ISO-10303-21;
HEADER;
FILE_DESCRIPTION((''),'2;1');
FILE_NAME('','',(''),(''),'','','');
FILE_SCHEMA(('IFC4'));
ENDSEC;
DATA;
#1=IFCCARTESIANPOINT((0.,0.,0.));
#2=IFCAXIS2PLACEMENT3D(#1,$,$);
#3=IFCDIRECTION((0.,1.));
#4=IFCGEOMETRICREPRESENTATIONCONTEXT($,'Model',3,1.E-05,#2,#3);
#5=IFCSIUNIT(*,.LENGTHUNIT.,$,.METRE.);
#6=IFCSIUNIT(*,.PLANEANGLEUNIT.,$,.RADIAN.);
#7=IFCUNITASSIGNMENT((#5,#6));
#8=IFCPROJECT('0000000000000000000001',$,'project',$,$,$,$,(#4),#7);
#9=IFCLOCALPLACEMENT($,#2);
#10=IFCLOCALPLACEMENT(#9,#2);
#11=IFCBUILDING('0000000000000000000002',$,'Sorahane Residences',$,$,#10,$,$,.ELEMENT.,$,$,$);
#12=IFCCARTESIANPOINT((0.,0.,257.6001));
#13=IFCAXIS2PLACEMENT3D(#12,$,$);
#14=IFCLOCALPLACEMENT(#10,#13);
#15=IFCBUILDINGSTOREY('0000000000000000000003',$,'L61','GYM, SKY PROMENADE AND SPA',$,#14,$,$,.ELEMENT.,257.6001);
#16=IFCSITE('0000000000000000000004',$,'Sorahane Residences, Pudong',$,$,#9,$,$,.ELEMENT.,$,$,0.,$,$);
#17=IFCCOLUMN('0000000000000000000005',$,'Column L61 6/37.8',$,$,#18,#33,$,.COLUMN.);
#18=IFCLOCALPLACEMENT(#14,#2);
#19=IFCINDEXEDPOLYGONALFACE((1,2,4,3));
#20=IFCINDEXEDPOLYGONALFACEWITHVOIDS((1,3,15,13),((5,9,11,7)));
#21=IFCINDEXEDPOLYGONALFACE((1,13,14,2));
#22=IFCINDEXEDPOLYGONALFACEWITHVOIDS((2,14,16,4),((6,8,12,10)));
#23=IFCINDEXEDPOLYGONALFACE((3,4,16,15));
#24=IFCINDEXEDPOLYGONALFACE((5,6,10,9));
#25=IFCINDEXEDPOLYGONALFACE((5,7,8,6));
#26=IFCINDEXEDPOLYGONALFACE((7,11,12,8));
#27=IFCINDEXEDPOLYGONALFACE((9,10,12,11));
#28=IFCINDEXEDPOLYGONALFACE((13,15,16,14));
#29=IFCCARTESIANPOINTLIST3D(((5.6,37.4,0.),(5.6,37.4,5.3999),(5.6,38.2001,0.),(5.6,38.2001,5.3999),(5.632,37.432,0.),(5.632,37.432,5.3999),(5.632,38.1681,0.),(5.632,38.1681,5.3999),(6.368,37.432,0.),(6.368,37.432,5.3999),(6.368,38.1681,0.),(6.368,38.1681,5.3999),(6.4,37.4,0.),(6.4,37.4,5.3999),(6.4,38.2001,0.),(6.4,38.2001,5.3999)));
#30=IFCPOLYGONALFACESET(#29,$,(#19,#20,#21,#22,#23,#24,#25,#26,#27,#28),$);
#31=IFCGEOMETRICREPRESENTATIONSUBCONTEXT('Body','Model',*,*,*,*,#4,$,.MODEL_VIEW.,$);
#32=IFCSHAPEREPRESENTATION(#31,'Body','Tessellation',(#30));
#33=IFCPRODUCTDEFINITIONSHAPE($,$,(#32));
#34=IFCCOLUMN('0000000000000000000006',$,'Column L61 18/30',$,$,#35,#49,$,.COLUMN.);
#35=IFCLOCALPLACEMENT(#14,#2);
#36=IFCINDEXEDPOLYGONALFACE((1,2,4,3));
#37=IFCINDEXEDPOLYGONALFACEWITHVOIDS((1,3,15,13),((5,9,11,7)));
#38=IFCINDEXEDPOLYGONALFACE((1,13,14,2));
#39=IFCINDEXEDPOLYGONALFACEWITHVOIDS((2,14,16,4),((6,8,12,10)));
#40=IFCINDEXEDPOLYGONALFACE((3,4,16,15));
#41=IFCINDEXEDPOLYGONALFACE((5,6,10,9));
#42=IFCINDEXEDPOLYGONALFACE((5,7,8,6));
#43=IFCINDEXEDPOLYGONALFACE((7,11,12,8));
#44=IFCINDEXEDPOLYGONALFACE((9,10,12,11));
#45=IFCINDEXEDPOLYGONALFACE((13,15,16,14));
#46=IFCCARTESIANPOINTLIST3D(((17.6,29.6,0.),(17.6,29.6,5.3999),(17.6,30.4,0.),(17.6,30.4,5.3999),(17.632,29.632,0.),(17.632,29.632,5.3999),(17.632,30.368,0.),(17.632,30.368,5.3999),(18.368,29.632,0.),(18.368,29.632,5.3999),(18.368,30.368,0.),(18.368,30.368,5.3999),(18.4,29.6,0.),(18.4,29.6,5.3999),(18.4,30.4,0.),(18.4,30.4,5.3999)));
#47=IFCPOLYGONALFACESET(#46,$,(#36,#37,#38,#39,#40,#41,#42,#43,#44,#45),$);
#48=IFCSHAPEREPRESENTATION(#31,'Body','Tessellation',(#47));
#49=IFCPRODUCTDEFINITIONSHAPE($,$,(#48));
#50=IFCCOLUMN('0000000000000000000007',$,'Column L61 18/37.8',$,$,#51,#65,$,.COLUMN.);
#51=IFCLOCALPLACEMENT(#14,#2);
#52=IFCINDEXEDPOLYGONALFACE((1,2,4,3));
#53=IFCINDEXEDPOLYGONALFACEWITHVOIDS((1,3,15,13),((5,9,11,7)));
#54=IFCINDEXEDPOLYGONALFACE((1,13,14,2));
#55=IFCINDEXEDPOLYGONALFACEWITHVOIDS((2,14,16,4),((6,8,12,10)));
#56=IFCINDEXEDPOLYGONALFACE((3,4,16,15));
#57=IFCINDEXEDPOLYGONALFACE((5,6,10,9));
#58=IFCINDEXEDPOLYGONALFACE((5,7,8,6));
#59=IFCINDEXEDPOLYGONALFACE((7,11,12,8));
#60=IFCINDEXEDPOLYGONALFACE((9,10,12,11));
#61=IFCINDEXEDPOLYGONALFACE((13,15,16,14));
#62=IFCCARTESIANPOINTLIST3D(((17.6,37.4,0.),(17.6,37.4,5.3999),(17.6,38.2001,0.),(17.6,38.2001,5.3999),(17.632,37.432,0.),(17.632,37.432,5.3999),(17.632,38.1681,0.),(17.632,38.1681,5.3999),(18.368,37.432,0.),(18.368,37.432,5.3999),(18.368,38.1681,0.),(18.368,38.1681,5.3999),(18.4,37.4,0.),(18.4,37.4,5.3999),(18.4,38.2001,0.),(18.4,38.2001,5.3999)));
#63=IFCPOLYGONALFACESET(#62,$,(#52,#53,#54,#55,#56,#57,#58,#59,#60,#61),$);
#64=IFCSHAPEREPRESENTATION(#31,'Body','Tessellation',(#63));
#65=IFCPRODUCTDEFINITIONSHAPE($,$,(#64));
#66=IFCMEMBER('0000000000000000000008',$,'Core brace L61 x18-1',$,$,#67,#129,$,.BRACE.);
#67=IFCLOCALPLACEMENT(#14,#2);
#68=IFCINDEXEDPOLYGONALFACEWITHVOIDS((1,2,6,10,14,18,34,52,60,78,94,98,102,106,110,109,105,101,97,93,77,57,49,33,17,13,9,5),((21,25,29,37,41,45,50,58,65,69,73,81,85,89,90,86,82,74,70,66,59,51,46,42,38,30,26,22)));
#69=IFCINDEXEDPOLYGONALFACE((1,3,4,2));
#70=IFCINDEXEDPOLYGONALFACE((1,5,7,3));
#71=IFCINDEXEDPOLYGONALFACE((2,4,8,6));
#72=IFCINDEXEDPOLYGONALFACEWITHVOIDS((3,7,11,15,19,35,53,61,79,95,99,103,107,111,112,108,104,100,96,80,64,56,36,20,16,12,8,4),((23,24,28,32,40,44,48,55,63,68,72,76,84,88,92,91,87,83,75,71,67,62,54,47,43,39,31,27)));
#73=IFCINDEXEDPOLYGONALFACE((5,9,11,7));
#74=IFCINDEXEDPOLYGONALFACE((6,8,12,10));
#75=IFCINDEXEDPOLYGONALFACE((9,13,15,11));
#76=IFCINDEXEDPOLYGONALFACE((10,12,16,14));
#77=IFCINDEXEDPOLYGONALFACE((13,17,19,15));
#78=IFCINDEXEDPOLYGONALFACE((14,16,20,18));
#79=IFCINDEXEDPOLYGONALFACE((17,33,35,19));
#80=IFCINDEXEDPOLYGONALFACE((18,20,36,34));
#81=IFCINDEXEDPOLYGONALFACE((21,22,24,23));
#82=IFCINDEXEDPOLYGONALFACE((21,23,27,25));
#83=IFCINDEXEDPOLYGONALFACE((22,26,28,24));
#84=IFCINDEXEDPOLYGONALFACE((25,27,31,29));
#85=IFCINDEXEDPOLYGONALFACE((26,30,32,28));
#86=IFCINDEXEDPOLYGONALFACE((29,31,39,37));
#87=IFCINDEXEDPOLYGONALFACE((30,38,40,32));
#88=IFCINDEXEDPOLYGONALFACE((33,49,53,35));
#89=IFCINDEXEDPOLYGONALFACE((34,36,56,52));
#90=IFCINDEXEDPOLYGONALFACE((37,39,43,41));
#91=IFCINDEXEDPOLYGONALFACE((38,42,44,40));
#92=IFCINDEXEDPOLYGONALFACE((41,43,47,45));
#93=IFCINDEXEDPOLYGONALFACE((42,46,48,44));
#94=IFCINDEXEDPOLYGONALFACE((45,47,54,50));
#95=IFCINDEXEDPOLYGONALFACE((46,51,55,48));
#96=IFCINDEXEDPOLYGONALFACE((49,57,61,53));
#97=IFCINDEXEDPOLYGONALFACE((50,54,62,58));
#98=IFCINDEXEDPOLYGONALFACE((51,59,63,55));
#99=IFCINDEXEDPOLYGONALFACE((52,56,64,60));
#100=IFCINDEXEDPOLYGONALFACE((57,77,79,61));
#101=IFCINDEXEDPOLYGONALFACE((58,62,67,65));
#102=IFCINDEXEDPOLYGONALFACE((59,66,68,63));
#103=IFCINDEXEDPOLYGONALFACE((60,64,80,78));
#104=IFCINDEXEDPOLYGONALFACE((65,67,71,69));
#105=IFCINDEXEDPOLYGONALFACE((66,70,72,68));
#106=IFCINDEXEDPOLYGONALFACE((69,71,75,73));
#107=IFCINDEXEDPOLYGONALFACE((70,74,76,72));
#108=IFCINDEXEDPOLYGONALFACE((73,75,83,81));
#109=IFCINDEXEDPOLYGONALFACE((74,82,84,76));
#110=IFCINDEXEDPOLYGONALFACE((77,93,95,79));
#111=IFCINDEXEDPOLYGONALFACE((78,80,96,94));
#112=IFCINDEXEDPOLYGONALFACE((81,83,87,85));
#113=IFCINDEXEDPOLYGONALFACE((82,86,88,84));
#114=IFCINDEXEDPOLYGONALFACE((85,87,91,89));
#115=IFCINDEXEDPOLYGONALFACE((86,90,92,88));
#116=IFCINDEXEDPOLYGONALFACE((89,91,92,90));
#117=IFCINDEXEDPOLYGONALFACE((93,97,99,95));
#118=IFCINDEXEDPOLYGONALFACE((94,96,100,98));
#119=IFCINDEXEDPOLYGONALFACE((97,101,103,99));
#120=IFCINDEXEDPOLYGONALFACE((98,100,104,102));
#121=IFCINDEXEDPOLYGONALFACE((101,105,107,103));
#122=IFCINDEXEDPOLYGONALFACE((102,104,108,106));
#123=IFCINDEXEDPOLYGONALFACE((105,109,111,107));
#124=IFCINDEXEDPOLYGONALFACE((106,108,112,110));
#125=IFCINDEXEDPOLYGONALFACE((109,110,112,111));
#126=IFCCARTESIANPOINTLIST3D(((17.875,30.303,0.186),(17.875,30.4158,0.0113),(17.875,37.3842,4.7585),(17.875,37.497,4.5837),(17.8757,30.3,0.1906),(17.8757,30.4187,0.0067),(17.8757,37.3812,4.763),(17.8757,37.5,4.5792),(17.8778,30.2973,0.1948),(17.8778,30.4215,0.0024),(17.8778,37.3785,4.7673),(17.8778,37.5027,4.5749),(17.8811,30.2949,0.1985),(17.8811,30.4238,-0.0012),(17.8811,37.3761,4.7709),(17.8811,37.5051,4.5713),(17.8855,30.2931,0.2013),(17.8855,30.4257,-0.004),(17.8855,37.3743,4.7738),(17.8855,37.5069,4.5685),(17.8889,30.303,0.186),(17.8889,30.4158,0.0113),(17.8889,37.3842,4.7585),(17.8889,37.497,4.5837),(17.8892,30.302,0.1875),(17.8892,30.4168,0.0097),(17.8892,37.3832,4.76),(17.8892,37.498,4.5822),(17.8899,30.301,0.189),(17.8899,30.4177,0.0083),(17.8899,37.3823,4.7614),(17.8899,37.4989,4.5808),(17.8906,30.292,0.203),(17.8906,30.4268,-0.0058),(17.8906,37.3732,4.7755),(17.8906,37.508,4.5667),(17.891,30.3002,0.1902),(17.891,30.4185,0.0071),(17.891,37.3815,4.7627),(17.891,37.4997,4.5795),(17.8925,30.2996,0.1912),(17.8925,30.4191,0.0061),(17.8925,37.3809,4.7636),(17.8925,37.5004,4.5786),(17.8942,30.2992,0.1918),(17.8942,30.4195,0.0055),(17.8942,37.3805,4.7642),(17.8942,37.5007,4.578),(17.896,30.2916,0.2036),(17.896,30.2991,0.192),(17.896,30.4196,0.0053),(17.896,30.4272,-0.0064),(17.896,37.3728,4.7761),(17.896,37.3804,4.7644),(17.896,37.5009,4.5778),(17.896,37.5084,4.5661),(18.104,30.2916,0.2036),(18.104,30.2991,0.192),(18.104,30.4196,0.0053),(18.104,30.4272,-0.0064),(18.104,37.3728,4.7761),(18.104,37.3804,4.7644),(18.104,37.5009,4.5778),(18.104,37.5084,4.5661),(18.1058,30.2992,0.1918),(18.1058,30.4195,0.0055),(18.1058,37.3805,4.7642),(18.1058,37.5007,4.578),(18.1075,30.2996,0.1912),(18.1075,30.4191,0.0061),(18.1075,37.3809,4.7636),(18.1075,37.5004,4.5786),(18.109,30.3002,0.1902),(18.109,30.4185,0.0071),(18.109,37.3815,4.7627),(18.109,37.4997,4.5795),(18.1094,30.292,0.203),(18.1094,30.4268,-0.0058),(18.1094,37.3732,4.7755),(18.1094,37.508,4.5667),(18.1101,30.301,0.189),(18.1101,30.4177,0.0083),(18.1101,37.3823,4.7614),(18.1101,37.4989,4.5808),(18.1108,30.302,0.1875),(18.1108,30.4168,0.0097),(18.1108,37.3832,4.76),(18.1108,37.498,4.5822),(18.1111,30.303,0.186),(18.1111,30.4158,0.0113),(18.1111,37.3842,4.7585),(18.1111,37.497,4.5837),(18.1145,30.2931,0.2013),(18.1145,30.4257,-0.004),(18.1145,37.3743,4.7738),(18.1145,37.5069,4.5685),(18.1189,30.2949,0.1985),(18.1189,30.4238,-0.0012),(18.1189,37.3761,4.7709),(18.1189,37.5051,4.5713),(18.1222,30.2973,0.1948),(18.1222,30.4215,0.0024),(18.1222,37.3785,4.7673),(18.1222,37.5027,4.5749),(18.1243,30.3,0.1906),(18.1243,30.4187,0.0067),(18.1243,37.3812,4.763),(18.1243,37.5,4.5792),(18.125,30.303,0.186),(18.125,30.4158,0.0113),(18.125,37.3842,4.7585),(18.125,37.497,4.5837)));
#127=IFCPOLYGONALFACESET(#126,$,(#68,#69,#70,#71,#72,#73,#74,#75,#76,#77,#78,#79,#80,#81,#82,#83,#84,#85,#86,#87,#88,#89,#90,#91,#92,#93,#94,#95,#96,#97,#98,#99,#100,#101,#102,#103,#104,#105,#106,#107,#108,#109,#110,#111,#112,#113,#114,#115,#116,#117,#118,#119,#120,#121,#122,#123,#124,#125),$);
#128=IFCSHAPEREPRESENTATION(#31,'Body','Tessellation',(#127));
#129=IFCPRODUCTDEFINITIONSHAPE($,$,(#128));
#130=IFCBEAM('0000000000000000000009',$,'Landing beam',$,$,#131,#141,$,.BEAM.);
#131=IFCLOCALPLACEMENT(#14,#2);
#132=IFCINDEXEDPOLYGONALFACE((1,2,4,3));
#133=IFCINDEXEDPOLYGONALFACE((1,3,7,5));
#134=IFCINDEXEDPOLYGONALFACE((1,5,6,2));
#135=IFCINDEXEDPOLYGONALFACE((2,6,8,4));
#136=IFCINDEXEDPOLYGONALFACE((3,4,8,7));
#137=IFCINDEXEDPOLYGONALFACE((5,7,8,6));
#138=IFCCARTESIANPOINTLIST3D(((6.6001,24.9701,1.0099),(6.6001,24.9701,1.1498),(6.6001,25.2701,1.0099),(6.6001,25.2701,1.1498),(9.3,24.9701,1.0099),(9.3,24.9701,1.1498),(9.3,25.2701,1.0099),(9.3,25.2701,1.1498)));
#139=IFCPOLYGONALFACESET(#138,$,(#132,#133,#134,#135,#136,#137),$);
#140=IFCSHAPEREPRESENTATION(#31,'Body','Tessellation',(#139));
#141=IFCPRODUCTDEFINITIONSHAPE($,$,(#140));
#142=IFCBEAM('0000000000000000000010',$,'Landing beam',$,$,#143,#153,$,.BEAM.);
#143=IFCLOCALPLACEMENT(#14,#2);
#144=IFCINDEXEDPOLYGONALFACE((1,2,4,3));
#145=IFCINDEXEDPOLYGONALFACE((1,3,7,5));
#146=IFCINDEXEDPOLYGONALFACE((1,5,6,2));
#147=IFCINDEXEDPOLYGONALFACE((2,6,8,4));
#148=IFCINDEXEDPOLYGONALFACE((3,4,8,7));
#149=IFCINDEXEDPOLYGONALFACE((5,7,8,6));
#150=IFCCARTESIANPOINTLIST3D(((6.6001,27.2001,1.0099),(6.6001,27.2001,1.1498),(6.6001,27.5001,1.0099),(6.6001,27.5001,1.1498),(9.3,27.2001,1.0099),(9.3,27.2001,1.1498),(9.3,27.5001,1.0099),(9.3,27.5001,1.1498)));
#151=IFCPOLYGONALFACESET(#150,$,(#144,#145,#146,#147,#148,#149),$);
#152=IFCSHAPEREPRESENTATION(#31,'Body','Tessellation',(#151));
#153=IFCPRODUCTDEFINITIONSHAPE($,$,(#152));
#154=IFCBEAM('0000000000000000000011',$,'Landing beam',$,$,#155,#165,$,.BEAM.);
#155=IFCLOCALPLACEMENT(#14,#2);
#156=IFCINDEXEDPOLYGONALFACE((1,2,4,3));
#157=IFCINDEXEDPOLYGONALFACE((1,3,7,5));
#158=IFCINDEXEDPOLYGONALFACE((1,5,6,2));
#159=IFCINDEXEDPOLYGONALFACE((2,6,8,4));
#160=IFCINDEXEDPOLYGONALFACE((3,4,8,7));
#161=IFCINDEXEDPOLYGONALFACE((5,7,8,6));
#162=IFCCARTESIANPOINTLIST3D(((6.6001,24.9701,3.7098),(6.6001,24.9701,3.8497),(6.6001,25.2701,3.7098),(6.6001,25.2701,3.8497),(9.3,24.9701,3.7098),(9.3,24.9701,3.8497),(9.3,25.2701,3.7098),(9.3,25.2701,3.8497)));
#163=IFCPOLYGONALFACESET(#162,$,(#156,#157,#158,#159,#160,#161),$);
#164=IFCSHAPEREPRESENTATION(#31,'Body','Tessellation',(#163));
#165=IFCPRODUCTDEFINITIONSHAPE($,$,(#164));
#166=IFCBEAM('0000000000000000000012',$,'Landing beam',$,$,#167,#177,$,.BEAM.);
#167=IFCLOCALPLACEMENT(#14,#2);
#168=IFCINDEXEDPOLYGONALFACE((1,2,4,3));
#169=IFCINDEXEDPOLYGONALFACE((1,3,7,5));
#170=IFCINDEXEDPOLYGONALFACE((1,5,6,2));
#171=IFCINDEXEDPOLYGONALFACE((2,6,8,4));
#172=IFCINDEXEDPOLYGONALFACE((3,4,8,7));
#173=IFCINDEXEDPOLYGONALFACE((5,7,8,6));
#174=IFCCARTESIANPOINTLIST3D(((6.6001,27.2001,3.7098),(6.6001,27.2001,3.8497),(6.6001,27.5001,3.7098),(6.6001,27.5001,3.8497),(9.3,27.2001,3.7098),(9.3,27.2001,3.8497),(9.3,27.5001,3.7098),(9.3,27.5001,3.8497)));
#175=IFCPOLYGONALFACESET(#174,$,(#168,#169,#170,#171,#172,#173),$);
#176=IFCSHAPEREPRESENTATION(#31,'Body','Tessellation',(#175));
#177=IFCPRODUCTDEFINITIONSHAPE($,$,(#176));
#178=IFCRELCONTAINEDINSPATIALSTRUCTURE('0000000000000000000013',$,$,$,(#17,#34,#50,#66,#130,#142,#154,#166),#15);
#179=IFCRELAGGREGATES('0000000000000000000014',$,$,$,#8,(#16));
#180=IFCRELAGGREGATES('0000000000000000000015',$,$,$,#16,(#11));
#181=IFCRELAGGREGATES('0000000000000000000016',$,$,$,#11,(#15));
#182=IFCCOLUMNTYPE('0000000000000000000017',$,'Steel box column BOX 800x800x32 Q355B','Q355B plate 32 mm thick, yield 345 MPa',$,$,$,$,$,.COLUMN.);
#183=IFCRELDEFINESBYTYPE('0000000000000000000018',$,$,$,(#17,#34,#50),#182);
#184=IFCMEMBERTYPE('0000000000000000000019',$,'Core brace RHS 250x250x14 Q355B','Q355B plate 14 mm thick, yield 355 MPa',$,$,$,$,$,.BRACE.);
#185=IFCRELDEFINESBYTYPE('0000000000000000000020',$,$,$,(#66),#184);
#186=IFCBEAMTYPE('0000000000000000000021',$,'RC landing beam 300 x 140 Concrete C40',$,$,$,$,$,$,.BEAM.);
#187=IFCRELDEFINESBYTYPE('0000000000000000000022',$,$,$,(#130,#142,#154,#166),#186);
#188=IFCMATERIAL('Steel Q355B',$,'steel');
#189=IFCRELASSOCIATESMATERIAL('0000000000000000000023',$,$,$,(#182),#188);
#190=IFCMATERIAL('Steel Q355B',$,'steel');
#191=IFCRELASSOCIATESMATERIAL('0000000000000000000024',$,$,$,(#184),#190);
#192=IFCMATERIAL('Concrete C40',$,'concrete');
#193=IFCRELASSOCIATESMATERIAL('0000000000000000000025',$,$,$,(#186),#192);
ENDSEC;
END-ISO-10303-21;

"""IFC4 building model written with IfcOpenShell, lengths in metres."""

from ifc_helpers import new_model, si_unit, direction, frame, origin, origin_2d, place, context, subcontext, project, spatial, rectangle, hollow_rectangle, extrude, material, material_profile, profile_set, type_object, element, save


model = new_model("IFC4")

# Units and contexts
model_context = context("Model", 3, precision=1e-05, world=origin(), true_north=direction((0.0, 1.0)))
body_context = subcontext(model_context, "Body", "Model", "MODEL_VIEW")
ifc_project = project(units=[si_unit("LENGTHUNIT", "METRE"), si_unit("PLANEANGLEUNIT", "RADIAN")], contexts=[model_context])

# Site, building, storey
site_placement = place(None, origin())
site = spatial("IfcSite", under=ifc_project, at=site_placement, Name="Sorahane Residences, Pudong", CompositionType="ELEMENT", RefElevation=0.0)
building_placement = place(site_placement, origin())
building = spatial("IfcBuilding", under=site, at=building_placement, Name="Sorahane Residences", CompositionType="ELEMENT")
storey_placement = place(building_placement, frame((0.0, 0.0, 257.6001)))
storey = spatial("IfcBuildingStorey", under=building, at=storey_placement, Name="L61", Description="GYM, SKY PROMENADE AND SPA", CompositionType="ELEMENT", Elevation=257.6001)

# Columns
ifc_material_1 = material(Name="Steel Q355B", Category="steel")
ifc_material_profile_1 = material_profile(ifc_material_1, hollow_rectangle(XDim=0.8, YDim=0.8, WallThickness=0.032, at=origin_2d()), Name="BOX 800x800x32")
ifc_profile_set_1 = profile_set([ifc_material_profile_1], Name="Steel Q355B")
column_type = type_object("IfcColumnType", Name="Steel box column BOX 800x800x32 Q355B", Description="Q355B plate 32 mm thick, yield 345 MPa", PredefinedType="COLUMN", material=ifc_profile_set_1)
for number, where, z_axis, x_axis, name in (
    (1, (6.0, 37.8, 0.0), (0.0, 0.0, 1.0), (1.0, 0.0, 0.0), "Column L61 6/37.8"),
    (2, (18.0, 30.0, 0.0), (0.0, 0.0, 1.0), (1.0, 0.0, 0.0), "Column L61 18/30"),
    (3, (18.0, 37.8, 0.0), (0.0, 0.0, 1.0), (1.0, 0.0, 0.0), "Column L61 18/37.8"),
):
    element("IfcColumn", number, at=place(storey_placement, frame(where, z_axis=z_axis, x_axis=x_axis)), inside=storey, type_object=column_type, Name=name, PredefinedType="COLUMN", context=body_context, shape_type="SweptSolid", body=[
        extrude(hollow_rectangle(XDim=0.8, YDim=0.8, WallThickness=0.032, at=origin_2d()), origin(), (0.0, 0.0, 1.0), 5.3999),
    ])

# Member
ifc_material_2 = material(Name="Steel Q355B", Category="steel")
ifc_material_profile_2 = material_profile(ifc_material_2, hollow_rectangle(XDim=0.25, YDim=0.25, WallThickness=0.0139, InnerFilletRadius=0.0071, OuterFilletRadius=0.021, at=origin_2d()), Name="RHS 250x250x14")
ifc_profile_set_2 = profile_set([ifc_material_profile_2], Name="Steel Q355B")
member_type = type_object("IfcMemberType", Name="Core brace RHS 250x250x14 Q355B", Description="Q355B plate 14 mm thick, yield 355 MPa", PredefinedType="BRACE", material=ifc_profile_set_2)
member_placement = place(storey_placement, frame((18.0, 30.3594, 0.0986), z_axis=(0.0, 0.840084, 0.542456), x_axis=(-1.0, 0.0, 0.0)))
element("IfcMember", 4, at=member_placement, inside=storey, type_object=member_type, Name="Core brace L61 x18-1", PredefinedType="BRACE", context=body_context, shape_type="SweptSolid", body=[
    extrude(hollow_rectangle(XDim=0.25, YDim=0.25, WallThickness=0.0139, InnerFilletRadius=0.0071, OuterFilletRadius=0.021, at=origin_2d()), origin(), (0.0, 0.0, 1.0), 8.4292),
])

# Beams
ifc_material_3 = material(Name="Concrete C40", Category="concrete")
ifc_material_profile_3 = material_profile(ifc_material_3, rectangle(XDim=0.3, YDim=0.1399, at=origin_2d()), Name="300x140")
ifc_profile_set_3 = profile_set([ifc_material_profile_3], Name="Concrete C40")
beam_type_1 = type_object("IfcBeamType", Name="RC landing beam 300 x 140 Concrete C40", PredefinedType="BEAM", material=ifc_profile_set_3)
for number, where, z_axis, x_axis, name in (
    (5, (6.6001, 25.1201, 1.0798), (1.0, 0.0, 0.0), (0.0, 1.0, 0.0), "Landing beam"),
    (6, (6.6001, 27.3501, 1.0798), (1.0, 0.0, 0.0), (0.0, 1.0, 0.0), "Landing beam"),
    (7, (6.6001, 25.1201, 3.7798), (1.0, 0.0, 0.0), (0.0, 1.0, 0.0), "Landing beam"),
    (8, (6.6001, 27.3501, 3.7798), (1.0, 0.0, 0.0), (0.0, 1.0, 0.0), "Landing beam"),
):
    element("IfcBeam", number, at=place(storey_placement, frame(where, z_axis=z_axis, x_axis=x_axis)), inside=storey, type_object=beam_type_1, Name=name, PredefinedType="BEAM", context=body_context, shape_type="SweptSolid", body=[
        extrude(rectangle(XDim=0.3, YDim=0.1399, at=origin_2d()), origin(), (0.0, 0.0, 1.0), 2.7),
    ])

save(model, "model.ifc")
